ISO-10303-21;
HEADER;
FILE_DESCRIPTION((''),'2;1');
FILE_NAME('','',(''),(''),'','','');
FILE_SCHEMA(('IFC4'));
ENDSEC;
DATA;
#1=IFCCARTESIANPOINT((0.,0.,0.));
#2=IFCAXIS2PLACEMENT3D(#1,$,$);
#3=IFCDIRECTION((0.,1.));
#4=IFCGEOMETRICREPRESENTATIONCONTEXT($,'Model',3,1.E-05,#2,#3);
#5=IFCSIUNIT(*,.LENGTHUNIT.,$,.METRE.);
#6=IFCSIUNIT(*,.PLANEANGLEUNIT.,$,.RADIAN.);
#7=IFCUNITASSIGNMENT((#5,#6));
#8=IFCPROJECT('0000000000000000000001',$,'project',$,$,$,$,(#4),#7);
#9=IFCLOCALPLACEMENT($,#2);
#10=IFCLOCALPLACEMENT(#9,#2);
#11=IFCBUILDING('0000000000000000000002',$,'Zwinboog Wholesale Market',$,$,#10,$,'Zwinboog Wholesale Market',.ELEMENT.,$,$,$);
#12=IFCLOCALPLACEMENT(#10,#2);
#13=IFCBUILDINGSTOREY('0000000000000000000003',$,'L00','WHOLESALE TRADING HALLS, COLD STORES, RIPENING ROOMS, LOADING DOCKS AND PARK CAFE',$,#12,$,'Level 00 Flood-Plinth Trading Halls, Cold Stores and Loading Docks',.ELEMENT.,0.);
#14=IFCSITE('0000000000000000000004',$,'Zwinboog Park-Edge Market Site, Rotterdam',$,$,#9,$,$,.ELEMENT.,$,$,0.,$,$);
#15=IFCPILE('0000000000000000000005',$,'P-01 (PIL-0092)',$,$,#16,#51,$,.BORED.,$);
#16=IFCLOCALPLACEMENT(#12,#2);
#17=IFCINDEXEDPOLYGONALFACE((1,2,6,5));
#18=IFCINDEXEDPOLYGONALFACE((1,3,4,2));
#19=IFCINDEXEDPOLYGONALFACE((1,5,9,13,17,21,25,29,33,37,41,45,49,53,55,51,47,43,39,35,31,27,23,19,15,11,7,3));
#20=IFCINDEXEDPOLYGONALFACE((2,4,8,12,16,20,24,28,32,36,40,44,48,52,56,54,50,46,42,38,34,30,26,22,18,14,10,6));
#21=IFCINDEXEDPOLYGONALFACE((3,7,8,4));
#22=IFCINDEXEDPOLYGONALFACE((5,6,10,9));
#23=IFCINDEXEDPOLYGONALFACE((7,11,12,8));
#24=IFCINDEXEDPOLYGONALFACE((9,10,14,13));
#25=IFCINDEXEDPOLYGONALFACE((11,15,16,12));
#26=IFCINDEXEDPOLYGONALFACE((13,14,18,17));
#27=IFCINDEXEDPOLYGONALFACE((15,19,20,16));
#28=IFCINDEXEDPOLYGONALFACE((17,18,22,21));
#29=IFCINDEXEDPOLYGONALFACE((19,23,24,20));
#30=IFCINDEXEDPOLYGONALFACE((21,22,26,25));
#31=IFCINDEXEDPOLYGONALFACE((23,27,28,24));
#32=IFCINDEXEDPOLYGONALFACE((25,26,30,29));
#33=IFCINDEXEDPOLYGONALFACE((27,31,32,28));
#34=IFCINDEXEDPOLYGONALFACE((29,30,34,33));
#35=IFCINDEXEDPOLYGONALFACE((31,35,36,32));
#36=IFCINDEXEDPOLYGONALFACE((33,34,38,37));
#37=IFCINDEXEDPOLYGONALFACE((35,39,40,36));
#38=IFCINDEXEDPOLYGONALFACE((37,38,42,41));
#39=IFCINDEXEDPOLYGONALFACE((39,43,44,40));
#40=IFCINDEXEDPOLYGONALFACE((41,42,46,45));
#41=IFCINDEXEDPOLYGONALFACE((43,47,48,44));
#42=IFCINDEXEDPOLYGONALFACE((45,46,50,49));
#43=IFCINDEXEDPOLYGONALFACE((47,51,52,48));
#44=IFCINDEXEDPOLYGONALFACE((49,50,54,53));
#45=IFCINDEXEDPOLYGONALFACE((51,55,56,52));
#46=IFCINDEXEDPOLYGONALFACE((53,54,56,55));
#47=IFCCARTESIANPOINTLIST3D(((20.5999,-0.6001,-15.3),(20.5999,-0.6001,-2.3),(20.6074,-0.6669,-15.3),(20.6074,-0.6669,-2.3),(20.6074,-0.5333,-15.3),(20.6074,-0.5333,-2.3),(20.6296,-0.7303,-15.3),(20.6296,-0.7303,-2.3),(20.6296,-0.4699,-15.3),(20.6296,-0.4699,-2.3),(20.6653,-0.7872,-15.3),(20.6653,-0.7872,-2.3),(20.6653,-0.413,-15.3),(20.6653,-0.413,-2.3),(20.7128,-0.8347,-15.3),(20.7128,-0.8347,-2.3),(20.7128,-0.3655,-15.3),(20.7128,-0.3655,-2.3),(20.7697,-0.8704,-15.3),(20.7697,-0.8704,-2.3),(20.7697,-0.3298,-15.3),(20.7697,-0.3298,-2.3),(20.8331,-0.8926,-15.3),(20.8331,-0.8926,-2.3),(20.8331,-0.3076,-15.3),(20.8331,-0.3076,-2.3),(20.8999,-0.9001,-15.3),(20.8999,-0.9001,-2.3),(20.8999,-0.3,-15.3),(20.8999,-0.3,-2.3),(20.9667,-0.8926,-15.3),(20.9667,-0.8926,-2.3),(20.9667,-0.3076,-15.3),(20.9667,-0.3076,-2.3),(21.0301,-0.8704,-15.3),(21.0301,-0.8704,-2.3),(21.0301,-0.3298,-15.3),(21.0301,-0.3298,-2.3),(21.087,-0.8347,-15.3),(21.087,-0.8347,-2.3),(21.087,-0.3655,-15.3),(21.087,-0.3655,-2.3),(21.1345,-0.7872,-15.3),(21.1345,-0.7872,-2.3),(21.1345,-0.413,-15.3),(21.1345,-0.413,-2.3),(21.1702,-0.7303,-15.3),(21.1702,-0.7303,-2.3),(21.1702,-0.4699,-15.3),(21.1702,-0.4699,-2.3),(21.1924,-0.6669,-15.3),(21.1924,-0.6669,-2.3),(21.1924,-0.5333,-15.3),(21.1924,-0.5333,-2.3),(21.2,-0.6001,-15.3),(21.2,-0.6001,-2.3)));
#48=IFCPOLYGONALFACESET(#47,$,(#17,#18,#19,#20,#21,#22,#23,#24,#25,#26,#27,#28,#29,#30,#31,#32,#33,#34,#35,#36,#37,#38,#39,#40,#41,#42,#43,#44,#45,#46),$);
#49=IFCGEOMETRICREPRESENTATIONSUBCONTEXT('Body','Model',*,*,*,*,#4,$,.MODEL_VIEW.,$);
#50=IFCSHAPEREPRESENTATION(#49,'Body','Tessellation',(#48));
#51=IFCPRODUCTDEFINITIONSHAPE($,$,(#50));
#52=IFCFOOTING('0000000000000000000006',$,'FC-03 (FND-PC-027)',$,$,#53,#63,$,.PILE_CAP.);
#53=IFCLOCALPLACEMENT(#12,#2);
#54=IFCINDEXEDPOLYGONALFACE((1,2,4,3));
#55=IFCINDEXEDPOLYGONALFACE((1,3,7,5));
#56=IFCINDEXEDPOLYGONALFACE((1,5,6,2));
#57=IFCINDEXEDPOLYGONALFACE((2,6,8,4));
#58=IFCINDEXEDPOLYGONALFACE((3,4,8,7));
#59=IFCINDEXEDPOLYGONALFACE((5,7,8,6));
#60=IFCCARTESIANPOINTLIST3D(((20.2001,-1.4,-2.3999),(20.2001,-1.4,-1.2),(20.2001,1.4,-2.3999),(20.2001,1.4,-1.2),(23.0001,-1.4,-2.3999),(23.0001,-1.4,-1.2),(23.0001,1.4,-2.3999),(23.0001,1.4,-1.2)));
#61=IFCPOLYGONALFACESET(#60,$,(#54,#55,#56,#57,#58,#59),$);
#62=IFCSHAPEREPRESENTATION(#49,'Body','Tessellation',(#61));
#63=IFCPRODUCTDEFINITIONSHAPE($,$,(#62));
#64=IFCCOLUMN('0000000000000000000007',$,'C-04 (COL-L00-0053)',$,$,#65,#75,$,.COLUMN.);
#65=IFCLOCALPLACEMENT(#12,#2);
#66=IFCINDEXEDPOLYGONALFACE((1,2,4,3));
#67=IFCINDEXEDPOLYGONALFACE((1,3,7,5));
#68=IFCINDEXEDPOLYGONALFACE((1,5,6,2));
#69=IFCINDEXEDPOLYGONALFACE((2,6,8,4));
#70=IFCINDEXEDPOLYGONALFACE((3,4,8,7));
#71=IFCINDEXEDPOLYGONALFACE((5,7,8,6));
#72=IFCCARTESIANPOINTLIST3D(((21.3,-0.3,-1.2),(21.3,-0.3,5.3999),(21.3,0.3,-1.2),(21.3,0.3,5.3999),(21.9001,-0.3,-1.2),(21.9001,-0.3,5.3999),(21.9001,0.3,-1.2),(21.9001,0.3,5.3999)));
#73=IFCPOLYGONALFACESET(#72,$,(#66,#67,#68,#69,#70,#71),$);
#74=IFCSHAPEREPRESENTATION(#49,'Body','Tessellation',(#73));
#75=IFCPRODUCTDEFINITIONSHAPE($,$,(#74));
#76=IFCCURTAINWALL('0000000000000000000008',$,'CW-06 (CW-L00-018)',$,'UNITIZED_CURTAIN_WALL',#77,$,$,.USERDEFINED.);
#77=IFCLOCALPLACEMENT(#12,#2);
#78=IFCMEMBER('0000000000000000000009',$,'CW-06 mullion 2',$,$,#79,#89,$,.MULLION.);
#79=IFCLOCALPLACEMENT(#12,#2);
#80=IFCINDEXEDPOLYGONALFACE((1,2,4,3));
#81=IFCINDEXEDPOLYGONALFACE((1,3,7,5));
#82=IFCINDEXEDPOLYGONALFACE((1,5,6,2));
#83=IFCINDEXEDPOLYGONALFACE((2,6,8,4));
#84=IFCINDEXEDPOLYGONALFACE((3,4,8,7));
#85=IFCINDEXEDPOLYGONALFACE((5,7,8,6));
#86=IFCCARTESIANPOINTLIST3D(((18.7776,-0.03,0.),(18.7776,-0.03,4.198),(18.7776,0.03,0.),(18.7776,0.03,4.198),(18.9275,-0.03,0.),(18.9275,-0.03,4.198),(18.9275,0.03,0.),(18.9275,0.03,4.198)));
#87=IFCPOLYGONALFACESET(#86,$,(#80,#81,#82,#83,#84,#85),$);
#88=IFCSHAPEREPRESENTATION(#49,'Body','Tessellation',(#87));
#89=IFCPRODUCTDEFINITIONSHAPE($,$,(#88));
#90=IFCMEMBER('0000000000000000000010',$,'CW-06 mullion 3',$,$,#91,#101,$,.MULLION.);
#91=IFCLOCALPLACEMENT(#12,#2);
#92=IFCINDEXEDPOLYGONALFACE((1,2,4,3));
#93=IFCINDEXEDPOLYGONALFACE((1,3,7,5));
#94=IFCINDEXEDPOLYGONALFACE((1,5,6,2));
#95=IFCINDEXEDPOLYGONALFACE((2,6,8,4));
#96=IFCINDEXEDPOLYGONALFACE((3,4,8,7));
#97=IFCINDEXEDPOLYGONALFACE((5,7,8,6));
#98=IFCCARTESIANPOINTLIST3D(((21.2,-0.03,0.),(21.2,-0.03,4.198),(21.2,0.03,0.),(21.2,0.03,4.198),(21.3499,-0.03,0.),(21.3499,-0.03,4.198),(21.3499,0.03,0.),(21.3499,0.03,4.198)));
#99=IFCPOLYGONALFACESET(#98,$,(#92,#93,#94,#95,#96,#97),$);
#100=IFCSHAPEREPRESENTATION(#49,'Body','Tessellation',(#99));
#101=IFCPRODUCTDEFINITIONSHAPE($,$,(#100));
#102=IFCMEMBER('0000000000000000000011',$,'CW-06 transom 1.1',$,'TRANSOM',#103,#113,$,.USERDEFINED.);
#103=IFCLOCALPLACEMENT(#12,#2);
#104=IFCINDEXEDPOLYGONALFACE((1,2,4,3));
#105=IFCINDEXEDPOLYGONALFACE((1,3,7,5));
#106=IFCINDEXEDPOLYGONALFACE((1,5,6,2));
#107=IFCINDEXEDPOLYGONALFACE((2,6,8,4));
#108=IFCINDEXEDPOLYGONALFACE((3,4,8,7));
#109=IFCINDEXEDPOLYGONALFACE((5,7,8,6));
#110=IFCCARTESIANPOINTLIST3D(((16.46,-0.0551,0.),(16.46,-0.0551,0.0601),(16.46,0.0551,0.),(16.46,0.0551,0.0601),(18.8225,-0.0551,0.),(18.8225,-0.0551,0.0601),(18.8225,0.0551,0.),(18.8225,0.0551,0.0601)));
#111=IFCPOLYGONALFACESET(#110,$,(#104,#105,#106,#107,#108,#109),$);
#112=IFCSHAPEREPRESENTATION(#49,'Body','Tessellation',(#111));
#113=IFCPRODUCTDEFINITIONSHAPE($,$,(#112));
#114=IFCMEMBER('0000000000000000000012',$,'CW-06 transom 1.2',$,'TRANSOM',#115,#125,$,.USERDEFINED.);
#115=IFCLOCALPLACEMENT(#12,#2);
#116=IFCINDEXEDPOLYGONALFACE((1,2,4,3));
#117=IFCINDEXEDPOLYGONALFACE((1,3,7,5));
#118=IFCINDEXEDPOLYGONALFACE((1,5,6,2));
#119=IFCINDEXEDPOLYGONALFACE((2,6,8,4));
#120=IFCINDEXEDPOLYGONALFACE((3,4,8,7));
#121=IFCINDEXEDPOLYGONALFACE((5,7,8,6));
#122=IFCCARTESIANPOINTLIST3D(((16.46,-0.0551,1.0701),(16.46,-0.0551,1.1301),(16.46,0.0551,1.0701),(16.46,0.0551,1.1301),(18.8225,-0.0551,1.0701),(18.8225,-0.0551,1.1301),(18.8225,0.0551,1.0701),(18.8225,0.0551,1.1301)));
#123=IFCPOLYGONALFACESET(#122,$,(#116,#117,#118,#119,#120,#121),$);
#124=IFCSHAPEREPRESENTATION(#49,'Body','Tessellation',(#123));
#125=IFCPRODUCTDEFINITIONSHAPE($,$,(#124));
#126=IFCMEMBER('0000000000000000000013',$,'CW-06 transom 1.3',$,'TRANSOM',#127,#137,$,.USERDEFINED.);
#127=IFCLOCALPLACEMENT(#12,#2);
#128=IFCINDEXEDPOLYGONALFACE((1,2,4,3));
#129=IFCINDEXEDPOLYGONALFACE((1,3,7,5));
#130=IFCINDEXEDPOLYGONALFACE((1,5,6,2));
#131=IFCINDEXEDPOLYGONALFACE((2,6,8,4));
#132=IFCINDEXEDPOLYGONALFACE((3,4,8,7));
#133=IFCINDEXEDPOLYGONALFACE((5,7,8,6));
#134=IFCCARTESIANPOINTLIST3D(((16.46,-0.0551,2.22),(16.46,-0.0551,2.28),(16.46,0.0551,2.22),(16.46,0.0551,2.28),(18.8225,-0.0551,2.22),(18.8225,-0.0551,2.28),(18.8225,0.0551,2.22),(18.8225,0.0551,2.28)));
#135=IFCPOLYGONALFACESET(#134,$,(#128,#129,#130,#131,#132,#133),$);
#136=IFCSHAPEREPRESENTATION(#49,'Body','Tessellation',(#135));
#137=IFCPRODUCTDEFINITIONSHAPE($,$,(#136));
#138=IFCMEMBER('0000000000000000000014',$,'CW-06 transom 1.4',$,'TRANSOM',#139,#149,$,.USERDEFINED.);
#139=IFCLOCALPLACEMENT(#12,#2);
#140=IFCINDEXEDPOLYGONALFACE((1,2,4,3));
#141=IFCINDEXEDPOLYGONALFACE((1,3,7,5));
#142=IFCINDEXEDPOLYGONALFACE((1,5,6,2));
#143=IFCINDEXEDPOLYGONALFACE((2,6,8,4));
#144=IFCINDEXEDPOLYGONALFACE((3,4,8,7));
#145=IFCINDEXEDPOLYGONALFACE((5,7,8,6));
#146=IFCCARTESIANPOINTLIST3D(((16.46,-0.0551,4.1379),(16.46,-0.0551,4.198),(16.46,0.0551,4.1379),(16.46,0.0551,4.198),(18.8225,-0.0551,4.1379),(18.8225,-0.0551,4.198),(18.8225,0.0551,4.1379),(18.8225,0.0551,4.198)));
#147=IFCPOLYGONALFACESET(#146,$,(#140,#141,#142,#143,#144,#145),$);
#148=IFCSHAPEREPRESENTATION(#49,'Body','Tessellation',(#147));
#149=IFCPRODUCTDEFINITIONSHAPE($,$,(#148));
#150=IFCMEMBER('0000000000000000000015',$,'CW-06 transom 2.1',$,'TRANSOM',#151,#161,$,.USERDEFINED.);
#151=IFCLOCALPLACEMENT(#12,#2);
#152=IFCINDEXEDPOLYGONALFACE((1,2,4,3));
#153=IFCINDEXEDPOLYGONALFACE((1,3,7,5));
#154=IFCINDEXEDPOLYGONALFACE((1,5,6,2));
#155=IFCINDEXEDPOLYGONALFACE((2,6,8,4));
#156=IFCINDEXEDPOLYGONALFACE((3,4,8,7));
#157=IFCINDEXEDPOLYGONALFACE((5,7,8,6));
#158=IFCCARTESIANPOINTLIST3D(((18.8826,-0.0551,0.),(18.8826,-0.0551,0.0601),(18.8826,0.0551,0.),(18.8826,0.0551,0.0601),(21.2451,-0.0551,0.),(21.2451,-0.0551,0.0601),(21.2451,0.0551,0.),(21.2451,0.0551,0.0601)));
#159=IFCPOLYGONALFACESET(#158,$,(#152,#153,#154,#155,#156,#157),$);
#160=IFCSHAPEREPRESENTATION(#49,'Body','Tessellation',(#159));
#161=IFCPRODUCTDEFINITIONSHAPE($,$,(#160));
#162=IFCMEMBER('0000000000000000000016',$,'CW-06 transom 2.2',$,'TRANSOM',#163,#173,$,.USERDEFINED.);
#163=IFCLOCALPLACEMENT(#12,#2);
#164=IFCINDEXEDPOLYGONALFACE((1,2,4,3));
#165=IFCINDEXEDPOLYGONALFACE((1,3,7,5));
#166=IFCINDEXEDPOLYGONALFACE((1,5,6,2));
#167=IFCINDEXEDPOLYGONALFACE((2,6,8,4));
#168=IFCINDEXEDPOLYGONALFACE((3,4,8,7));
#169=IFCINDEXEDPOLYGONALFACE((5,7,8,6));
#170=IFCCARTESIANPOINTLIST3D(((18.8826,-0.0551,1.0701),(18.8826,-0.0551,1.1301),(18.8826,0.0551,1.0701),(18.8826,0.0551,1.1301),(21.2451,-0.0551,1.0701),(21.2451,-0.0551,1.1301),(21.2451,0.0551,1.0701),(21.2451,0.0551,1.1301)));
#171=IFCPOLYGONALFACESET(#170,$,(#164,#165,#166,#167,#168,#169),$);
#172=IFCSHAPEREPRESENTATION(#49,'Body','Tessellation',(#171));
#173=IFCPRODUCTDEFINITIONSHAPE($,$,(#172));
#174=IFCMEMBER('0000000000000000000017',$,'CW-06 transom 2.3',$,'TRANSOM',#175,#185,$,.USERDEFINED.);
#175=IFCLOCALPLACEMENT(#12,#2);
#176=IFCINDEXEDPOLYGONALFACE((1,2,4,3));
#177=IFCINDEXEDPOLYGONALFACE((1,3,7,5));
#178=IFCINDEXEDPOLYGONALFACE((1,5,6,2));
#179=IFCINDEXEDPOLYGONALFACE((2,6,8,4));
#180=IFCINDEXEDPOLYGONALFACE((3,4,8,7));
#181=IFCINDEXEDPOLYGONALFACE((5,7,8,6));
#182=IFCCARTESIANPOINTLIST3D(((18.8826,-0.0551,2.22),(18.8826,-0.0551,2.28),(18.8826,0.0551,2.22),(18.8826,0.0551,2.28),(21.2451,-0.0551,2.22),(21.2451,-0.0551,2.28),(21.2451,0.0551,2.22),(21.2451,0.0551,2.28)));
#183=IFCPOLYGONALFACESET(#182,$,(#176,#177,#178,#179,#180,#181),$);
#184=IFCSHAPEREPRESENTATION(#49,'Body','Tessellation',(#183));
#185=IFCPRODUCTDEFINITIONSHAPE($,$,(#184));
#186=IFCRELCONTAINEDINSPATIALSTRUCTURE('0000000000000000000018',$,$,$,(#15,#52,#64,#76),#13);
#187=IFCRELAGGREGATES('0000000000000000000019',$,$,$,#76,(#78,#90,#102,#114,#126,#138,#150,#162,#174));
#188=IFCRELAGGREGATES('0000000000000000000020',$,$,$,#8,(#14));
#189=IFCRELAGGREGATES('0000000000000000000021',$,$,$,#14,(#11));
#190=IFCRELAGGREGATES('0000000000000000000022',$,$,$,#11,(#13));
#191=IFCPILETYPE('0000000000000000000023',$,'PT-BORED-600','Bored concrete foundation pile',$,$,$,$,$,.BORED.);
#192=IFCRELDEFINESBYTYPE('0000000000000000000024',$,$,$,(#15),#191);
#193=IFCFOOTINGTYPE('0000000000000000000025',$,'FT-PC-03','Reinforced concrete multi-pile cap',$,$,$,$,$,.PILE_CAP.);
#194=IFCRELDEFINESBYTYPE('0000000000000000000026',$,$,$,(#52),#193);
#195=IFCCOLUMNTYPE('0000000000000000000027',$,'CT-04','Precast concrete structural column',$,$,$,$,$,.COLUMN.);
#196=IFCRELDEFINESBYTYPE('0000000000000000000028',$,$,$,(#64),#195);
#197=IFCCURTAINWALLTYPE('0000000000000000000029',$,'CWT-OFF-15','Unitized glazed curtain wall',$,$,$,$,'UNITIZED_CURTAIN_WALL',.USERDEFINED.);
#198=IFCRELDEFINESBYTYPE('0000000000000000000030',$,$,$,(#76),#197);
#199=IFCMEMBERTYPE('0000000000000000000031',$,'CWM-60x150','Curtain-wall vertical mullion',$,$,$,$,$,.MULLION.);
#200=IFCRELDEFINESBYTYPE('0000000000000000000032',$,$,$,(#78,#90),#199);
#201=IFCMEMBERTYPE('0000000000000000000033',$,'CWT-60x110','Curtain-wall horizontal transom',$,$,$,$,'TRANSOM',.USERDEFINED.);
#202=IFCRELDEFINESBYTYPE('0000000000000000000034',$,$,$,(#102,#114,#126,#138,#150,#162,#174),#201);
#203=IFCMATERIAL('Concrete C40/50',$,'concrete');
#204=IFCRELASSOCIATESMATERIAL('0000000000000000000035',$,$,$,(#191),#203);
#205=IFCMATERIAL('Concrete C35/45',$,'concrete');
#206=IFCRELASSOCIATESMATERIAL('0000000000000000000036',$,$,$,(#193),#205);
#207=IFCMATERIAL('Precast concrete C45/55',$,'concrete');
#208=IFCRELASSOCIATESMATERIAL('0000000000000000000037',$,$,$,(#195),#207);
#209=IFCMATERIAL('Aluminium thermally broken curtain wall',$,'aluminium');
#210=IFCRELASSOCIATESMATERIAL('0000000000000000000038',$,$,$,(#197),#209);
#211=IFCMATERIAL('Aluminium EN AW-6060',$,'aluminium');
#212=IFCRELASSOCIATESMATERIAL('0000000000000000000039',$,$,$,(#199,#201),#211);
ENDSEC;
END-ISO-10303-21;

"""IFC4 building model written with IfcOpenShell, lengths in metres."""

from ifc_helpers import new_model, si_unit, direction, frame, origin, origin_2d, place, context, subcontext, project, spatial, rectangle, circle, extrude, material, material_profile, profile_set, type_object, element, aggregate, save


model = new_model("IFC4")

# Units and contexts
model_context = context("Model", 3, precision=1e-05, world=origin(), true_north=direction((0.0, 1.0)))
body_context = subcontext(model_context, "Body", "Model", "MODEL_VIEW")
ifc_project = project(units=[si_unit("LENGTHUNIT", "METRE"), si_unit("PLANEANGLEUNIT", "RADIAN")], contexts=[model_context])

# Site, building, storey
site_placement = place(None, origin())
site = spatial("IfcSite", under=ifc_project, at=site_placement, Name="Zwinboog Park-Edge Market Site, Rotterdam", CompositionType="ELEMENT", RefElevation=0.0)
building_placement = place(site_placement, origin())
building = spatial("IfcBuilding", under=site, at=building_placement, Name="Zwinboog Wholesale Market", LongName="Zwinboog Wholesale Market", CompositionType="ELEMENT")
storey_placement = place(building_placement, origin())
storey = spatial("IfcBuildingStorey", under=building, at=storey_placement, Name="L00", Description="WHOLESALE TRADING HALLS, COLD STORES, RIPENING ROOMS, LOADING DOCKS AND PARK CAFE", LongName="Level 00 Flood-Plinth Trading Halls, Cold Stores and Loading Docks", CompositionType="ELEMENT", Elevation=0.0)

# Pile
ifc_material_1 = material(Name="Concrete C40/50", Category="concrete")
ifc_material_profile_1 = material_profile(ifc_material_1, circle(Radius=0.3, at=origin_2d()), Name="PILE D600")
ifc_profile_set_1 = profile_set([ifc_material_profile_1], Name="Concrete C40/50")
pile_type = type_object("IfcPileType", Name="PT-BORED-600", Description="Bored concrete foundation pile", PredefinedType="BORED", material=ifc_profile_set_1)
pile_placement = place(storey_placement, frame((20.8999, -0.6001, -2.3), z_axis=(0.0, 0.0, -1.0), x_axis=(1.0, 0.0, 0.0)))
element("IfcPile", 1, at=pile_placement, inside=storey, type_object=pile_type, Name="P-01 (PIL-0092)", PredefinedType="BORED", context=body_context, shape_type="SweptSolid", body=[
    extrude(circle(Radius=0.3, at=origin_2d()), origin(), (0.0, 0.0, 1.0), 13.0),
])

# Footing
ifc_material_2 = material(Name="Concrete C35/45", Category="concrete")
footing_type = type_object("IfcFootingType", Name="FT-PC-03", Description="Reinforced concrete multi-pile cap", PredefinedType="PILE_CAP", material=ifc_material_2)
footing_placement = place(storey_placement, frame((21.6001, 0.0, -2.3999), z_axis=(0.0, 0.0, 1.0), x_axis=(1.0, 0.0, 0.0)))
element("IfcFooting", 2, at=footing_placement, inside=storey, type_object=footing_type, Name="FC-03 (FND-PC-027)", PredefinedType="PILE_CAP", context=body_context, shape_type="SweptSolid", body=[
    extrude(rectangle(XDim=2.8, YDim=2.8, at=origin_2d()), origin(), (0.0, 0.0, 1.0), 1.2),
])

# Column
ifc_material_3 = material(Name="Precast concrete C45/55", Category="concrete")
ifc_material_profile_2 = material_profile(ifc_material_3, rectangle(XDim=0.6001, YDim=0.6001, at=origin_2d()), Name="PC 600x600")
ifc_profile_set_2 = profile_set([ifc_material_profile_2], Name="Precast concrete C45/55")
column_type = type_object("IfcColumnType", Name="CT-04", Description="Precast concrete structural column", PredefinedType="COLUMN", material=ifc_profile_set_2)
column_placement = place(storey_placement, frame((21.6001, 0.0, -1.2), z_axis=(0.0, 0.0, 1.0), x_axis=(1.0, 0.0, 0.0)))
element("IfcColumn", 3, at=column_placement, inside=storey, type_object=column_type, Name="C-04 (COL-L00-0053)", PredefinedType="COLUMN", context=body_context, shape_type="SweptSolid", body=[
    extrude(rectangle(XDim=0.6001, YDim=0.6001, at=origin_2d()), origin(), (0.0, 0.0, 1.0), 6.5999),
])

# Curtain wall, members
ifc_material_4 = material(Name="Aluminium thermally broken curtain wall", Category="aluminium")
curtain_wall_type = type_object("IfcCurtainWallType", Name="CWT-OFF-15", Description="Unitized glazed curtain wall", ElementType="UNITIZED_CURTAIN_WALL", PredefinedType="USERDEFINED", material=ifc_material_4)
curtain_wall_placement = place(storey_placement, origin())
curtain_wall = element("IfcCurtainWall", 4, at=curtain_wall_placement, inside=storey, type_object=curtain_wall_type, Name="CW-06 (CW-L00-018)", ObjectType="UNITIZED_CURTAIN_WALL", PredefinedType="USERDEFINED")
ifc_material_5 = material(Name="Aluminium EN AW-6060", Category="aluminium")
ifc_material_profile_3 = material_profile(ifc_material_5, rectangle(XDim=0.0601, YDim=0.1499, at=origin_2d()), Name="AL 60x150")
ifc_profile_set_3 = profile_set([ifc_material_profile_3], Name="Aluminium EN AW-6060")
member_type_1 = type_object("IfcMemberType", Name="CWM-60x150", Description="Curtain-wall vertical mullion", PredefinedType="MULLION", material=ifc_profile_set_3)
member_1_placement = place(storey_placement, frame((18.8525, 0.0, 0.0), z_axis=(0.0, 0.0, 1.0), x_axis=(0.0, 1.0, 0.0)))
member_1 = element("IfcMember", 5, at=member_1_placement, type_object=member_type_1, Name="CW-06 mullion 2", PredefinedType="MULLION", context=body_context, shape_type="SweptSolid", body=[
    extrude(rectangle(XDim=0.0601, YDim=0.1499, at=origin_2d()), origin(), (0.0, 0.0, 1.0), 4.198),
])
member_2_placement = place(storey_placement, frame((21.2749, 0.0, 0.0), z_axis=(0.0, 0.0, 1.0), x_axis=(0.0, 1.0, 0.0)))
member_2 = element("IfcMember", 6, at=member_2_placement, type_object=member_type_1, Name="CW-06 mullion 3", PredefinedType="MULLION", context=body_context, shape_type="SweptSolid", body=[
    extrude(rectangle(XDim=0.0601, YDim=0.1499, at=origin_2d()), origin(), (0.0, 0.0, 1.0), 4.198),
])
ifc_material_profile_4 = material_profile(ifc_material_5, rectangle(XDim=0.1101, YDim=0.0601, at=origin_2d()), Name="AL 60x110")
ifc_profile_set_4 = profile_set([ifc_material_profile_4], Name="Aluminium EN AW-6060")
member_type_2 = type_object("IfcMemberType", Name="CWT-60x110", Description="Curtain-wall horizontal transom", ElementType="TRANSOM", PredefinedType="USERDEFINED", material=ifc_profile_set_4)
member_3_placement = place(storey_placement, frame((16.46, 0.0, 0.03), z_axis=(1.0, 0.0, 0.0), x_axis=(0.0, 1.0, 0.0)))
member_3 = element("IfcMember", 7, at=member_3_placement, type_object=member_type_2, Name="CW-06 transom 1.1", ObjectType="TRANSOM", PredefinedType="USERDEFINED", context=body_context, shape_type="SweptSolid", body=[
    extrude(rectangle(XDim=0.1101, YDim=0.0601, at=origin_2d()), origin(), (0.0, 0.0, 1.0), 2.3625),
])
member_4_placement = place(storey_placement, frame((16.46, 0.0, 1.1001), z_axis=(1.0, 0.0, 0.0), x_axis=(0.0, 1.0, 0.0)))
member_4 = element("IfcMember", 8, at=member_4_placement, type_object=member_type_2, Name="CW-06 transom 1.2", ObjectType="TRANSOM", PredefinedType="USERDEFINED", context=body_context, shape_type="SweptSolid", body=[
    extrude(rectangle(XDim=0.1101, YDim=0.0601, at=origin_2d()), origin(), (0.0, 0.0, 1.0), 2.3625),
])
member_5_placement = place(storey_placement, frame((16.46, 0.0, 2.25), z_axis=(1.0, 0.0, 0.0), x_axis=(0.0, 1.0, 0.0)))
member_5 = element("IfcMember", 9, at=member_5_placement, type_object=member_type_2, Name="CW-06 transom 1.3", ObjectType="TRANSOM", PredefinedType="USERDEFINED", context=body_context, shape_type="SweptSolid", body=[
    extrude(rectangle(XDim=0.1101, YDim=0.0601, at=origin_2d()), origin(), (0.0, 0.0, 1.0), 2.3625),
])
member_6_placement = place(storey_placement, frame((16.46, 0.0, 4.168), z_axis=(1.0, 0.0, 0.0), x_axis=(0.0, 1.0, 0.0)))
member_6 = element("IfcMember", 10, at=member_6_placement, type_object=member_type_2, Name="CW-06 transom 1.4", ObjectType="TRANSOM", PredefinedType="USERDEFINED", context=body_context, shape_type="SweptSolid", body=[
    extrude(rectangle(XDim=0.1101, YDim=0.0601, at=origin_2d()), origin(), (0.0, 0.0, 1.0), 2.3625),
])
member_7_placement = place(storey_placement, frame((18.8826, 0.0, 0.03), z_axis=(1.0, 0.0, 0.0), x_axis=(0.0, 1.0, 0.0)))
member_7 = element("IfcMember", 11, at=member_7_placement, type_object=member_type_2, Name="CW-06 transom 2.1", ObjectType="TRANSOM", PredefinedType="USERDEFINED", context=body_context, shape_type="SweptSolid", body=[
    extrude(rectangle(XDim=0.1101, YDim=0.0601, at=origin_2d()), origin(), (0.0, 0.0, 1.0), 2.3625),
])
member_8_placement = place(storey_placement, frame((18.8826, 0.0, 1.1001), z_axis=(1.0, 0.0, 0.0), x_axis=(0.0, 1.0, 0.0)))
member_8 = element("IfcMember", 12, at=member_8_placement, type_object=member_type_2, Name="CW-06 transom 2.2", ObjectType="TRANSOM", PredefinedType="USERDEFINED", context=body_context, shape_type="SweptSolid", body=[
    extrude(rectangle(XDim=0.1101, YDim=0.0601, at=origin_2d()), origin(), (0.0, 0.0, 1.0), 2.3625),
])
member_9_placement = place(storey_placement, frame((18.8826, 0.0, 2.25), z_axis=(1.0, 0.0, 0.0), x_axis=(0.0, 1.0, 0.0)))
member_9 = element("IfcMember", 13, at=member_9_placement, type_object=member_type_2, Name="CW-06 transom 2.3", ObjectType="TRANSOM", PredefinedType="USERDEFINED", context=body_context, shape_type="SweptSolid", body=[
    extrude(rectangle(XDim=0.1101, YDim=0.0601, at=origin_2d()), origin(), (0.0, 0.0, 1.0), 2.3625),
])
aggregate(curtain_wall, [member_1, member_2, member_3, member_4, member_5, member_6, member_7, member_8, member_9])

save(model, "model.ifc")
